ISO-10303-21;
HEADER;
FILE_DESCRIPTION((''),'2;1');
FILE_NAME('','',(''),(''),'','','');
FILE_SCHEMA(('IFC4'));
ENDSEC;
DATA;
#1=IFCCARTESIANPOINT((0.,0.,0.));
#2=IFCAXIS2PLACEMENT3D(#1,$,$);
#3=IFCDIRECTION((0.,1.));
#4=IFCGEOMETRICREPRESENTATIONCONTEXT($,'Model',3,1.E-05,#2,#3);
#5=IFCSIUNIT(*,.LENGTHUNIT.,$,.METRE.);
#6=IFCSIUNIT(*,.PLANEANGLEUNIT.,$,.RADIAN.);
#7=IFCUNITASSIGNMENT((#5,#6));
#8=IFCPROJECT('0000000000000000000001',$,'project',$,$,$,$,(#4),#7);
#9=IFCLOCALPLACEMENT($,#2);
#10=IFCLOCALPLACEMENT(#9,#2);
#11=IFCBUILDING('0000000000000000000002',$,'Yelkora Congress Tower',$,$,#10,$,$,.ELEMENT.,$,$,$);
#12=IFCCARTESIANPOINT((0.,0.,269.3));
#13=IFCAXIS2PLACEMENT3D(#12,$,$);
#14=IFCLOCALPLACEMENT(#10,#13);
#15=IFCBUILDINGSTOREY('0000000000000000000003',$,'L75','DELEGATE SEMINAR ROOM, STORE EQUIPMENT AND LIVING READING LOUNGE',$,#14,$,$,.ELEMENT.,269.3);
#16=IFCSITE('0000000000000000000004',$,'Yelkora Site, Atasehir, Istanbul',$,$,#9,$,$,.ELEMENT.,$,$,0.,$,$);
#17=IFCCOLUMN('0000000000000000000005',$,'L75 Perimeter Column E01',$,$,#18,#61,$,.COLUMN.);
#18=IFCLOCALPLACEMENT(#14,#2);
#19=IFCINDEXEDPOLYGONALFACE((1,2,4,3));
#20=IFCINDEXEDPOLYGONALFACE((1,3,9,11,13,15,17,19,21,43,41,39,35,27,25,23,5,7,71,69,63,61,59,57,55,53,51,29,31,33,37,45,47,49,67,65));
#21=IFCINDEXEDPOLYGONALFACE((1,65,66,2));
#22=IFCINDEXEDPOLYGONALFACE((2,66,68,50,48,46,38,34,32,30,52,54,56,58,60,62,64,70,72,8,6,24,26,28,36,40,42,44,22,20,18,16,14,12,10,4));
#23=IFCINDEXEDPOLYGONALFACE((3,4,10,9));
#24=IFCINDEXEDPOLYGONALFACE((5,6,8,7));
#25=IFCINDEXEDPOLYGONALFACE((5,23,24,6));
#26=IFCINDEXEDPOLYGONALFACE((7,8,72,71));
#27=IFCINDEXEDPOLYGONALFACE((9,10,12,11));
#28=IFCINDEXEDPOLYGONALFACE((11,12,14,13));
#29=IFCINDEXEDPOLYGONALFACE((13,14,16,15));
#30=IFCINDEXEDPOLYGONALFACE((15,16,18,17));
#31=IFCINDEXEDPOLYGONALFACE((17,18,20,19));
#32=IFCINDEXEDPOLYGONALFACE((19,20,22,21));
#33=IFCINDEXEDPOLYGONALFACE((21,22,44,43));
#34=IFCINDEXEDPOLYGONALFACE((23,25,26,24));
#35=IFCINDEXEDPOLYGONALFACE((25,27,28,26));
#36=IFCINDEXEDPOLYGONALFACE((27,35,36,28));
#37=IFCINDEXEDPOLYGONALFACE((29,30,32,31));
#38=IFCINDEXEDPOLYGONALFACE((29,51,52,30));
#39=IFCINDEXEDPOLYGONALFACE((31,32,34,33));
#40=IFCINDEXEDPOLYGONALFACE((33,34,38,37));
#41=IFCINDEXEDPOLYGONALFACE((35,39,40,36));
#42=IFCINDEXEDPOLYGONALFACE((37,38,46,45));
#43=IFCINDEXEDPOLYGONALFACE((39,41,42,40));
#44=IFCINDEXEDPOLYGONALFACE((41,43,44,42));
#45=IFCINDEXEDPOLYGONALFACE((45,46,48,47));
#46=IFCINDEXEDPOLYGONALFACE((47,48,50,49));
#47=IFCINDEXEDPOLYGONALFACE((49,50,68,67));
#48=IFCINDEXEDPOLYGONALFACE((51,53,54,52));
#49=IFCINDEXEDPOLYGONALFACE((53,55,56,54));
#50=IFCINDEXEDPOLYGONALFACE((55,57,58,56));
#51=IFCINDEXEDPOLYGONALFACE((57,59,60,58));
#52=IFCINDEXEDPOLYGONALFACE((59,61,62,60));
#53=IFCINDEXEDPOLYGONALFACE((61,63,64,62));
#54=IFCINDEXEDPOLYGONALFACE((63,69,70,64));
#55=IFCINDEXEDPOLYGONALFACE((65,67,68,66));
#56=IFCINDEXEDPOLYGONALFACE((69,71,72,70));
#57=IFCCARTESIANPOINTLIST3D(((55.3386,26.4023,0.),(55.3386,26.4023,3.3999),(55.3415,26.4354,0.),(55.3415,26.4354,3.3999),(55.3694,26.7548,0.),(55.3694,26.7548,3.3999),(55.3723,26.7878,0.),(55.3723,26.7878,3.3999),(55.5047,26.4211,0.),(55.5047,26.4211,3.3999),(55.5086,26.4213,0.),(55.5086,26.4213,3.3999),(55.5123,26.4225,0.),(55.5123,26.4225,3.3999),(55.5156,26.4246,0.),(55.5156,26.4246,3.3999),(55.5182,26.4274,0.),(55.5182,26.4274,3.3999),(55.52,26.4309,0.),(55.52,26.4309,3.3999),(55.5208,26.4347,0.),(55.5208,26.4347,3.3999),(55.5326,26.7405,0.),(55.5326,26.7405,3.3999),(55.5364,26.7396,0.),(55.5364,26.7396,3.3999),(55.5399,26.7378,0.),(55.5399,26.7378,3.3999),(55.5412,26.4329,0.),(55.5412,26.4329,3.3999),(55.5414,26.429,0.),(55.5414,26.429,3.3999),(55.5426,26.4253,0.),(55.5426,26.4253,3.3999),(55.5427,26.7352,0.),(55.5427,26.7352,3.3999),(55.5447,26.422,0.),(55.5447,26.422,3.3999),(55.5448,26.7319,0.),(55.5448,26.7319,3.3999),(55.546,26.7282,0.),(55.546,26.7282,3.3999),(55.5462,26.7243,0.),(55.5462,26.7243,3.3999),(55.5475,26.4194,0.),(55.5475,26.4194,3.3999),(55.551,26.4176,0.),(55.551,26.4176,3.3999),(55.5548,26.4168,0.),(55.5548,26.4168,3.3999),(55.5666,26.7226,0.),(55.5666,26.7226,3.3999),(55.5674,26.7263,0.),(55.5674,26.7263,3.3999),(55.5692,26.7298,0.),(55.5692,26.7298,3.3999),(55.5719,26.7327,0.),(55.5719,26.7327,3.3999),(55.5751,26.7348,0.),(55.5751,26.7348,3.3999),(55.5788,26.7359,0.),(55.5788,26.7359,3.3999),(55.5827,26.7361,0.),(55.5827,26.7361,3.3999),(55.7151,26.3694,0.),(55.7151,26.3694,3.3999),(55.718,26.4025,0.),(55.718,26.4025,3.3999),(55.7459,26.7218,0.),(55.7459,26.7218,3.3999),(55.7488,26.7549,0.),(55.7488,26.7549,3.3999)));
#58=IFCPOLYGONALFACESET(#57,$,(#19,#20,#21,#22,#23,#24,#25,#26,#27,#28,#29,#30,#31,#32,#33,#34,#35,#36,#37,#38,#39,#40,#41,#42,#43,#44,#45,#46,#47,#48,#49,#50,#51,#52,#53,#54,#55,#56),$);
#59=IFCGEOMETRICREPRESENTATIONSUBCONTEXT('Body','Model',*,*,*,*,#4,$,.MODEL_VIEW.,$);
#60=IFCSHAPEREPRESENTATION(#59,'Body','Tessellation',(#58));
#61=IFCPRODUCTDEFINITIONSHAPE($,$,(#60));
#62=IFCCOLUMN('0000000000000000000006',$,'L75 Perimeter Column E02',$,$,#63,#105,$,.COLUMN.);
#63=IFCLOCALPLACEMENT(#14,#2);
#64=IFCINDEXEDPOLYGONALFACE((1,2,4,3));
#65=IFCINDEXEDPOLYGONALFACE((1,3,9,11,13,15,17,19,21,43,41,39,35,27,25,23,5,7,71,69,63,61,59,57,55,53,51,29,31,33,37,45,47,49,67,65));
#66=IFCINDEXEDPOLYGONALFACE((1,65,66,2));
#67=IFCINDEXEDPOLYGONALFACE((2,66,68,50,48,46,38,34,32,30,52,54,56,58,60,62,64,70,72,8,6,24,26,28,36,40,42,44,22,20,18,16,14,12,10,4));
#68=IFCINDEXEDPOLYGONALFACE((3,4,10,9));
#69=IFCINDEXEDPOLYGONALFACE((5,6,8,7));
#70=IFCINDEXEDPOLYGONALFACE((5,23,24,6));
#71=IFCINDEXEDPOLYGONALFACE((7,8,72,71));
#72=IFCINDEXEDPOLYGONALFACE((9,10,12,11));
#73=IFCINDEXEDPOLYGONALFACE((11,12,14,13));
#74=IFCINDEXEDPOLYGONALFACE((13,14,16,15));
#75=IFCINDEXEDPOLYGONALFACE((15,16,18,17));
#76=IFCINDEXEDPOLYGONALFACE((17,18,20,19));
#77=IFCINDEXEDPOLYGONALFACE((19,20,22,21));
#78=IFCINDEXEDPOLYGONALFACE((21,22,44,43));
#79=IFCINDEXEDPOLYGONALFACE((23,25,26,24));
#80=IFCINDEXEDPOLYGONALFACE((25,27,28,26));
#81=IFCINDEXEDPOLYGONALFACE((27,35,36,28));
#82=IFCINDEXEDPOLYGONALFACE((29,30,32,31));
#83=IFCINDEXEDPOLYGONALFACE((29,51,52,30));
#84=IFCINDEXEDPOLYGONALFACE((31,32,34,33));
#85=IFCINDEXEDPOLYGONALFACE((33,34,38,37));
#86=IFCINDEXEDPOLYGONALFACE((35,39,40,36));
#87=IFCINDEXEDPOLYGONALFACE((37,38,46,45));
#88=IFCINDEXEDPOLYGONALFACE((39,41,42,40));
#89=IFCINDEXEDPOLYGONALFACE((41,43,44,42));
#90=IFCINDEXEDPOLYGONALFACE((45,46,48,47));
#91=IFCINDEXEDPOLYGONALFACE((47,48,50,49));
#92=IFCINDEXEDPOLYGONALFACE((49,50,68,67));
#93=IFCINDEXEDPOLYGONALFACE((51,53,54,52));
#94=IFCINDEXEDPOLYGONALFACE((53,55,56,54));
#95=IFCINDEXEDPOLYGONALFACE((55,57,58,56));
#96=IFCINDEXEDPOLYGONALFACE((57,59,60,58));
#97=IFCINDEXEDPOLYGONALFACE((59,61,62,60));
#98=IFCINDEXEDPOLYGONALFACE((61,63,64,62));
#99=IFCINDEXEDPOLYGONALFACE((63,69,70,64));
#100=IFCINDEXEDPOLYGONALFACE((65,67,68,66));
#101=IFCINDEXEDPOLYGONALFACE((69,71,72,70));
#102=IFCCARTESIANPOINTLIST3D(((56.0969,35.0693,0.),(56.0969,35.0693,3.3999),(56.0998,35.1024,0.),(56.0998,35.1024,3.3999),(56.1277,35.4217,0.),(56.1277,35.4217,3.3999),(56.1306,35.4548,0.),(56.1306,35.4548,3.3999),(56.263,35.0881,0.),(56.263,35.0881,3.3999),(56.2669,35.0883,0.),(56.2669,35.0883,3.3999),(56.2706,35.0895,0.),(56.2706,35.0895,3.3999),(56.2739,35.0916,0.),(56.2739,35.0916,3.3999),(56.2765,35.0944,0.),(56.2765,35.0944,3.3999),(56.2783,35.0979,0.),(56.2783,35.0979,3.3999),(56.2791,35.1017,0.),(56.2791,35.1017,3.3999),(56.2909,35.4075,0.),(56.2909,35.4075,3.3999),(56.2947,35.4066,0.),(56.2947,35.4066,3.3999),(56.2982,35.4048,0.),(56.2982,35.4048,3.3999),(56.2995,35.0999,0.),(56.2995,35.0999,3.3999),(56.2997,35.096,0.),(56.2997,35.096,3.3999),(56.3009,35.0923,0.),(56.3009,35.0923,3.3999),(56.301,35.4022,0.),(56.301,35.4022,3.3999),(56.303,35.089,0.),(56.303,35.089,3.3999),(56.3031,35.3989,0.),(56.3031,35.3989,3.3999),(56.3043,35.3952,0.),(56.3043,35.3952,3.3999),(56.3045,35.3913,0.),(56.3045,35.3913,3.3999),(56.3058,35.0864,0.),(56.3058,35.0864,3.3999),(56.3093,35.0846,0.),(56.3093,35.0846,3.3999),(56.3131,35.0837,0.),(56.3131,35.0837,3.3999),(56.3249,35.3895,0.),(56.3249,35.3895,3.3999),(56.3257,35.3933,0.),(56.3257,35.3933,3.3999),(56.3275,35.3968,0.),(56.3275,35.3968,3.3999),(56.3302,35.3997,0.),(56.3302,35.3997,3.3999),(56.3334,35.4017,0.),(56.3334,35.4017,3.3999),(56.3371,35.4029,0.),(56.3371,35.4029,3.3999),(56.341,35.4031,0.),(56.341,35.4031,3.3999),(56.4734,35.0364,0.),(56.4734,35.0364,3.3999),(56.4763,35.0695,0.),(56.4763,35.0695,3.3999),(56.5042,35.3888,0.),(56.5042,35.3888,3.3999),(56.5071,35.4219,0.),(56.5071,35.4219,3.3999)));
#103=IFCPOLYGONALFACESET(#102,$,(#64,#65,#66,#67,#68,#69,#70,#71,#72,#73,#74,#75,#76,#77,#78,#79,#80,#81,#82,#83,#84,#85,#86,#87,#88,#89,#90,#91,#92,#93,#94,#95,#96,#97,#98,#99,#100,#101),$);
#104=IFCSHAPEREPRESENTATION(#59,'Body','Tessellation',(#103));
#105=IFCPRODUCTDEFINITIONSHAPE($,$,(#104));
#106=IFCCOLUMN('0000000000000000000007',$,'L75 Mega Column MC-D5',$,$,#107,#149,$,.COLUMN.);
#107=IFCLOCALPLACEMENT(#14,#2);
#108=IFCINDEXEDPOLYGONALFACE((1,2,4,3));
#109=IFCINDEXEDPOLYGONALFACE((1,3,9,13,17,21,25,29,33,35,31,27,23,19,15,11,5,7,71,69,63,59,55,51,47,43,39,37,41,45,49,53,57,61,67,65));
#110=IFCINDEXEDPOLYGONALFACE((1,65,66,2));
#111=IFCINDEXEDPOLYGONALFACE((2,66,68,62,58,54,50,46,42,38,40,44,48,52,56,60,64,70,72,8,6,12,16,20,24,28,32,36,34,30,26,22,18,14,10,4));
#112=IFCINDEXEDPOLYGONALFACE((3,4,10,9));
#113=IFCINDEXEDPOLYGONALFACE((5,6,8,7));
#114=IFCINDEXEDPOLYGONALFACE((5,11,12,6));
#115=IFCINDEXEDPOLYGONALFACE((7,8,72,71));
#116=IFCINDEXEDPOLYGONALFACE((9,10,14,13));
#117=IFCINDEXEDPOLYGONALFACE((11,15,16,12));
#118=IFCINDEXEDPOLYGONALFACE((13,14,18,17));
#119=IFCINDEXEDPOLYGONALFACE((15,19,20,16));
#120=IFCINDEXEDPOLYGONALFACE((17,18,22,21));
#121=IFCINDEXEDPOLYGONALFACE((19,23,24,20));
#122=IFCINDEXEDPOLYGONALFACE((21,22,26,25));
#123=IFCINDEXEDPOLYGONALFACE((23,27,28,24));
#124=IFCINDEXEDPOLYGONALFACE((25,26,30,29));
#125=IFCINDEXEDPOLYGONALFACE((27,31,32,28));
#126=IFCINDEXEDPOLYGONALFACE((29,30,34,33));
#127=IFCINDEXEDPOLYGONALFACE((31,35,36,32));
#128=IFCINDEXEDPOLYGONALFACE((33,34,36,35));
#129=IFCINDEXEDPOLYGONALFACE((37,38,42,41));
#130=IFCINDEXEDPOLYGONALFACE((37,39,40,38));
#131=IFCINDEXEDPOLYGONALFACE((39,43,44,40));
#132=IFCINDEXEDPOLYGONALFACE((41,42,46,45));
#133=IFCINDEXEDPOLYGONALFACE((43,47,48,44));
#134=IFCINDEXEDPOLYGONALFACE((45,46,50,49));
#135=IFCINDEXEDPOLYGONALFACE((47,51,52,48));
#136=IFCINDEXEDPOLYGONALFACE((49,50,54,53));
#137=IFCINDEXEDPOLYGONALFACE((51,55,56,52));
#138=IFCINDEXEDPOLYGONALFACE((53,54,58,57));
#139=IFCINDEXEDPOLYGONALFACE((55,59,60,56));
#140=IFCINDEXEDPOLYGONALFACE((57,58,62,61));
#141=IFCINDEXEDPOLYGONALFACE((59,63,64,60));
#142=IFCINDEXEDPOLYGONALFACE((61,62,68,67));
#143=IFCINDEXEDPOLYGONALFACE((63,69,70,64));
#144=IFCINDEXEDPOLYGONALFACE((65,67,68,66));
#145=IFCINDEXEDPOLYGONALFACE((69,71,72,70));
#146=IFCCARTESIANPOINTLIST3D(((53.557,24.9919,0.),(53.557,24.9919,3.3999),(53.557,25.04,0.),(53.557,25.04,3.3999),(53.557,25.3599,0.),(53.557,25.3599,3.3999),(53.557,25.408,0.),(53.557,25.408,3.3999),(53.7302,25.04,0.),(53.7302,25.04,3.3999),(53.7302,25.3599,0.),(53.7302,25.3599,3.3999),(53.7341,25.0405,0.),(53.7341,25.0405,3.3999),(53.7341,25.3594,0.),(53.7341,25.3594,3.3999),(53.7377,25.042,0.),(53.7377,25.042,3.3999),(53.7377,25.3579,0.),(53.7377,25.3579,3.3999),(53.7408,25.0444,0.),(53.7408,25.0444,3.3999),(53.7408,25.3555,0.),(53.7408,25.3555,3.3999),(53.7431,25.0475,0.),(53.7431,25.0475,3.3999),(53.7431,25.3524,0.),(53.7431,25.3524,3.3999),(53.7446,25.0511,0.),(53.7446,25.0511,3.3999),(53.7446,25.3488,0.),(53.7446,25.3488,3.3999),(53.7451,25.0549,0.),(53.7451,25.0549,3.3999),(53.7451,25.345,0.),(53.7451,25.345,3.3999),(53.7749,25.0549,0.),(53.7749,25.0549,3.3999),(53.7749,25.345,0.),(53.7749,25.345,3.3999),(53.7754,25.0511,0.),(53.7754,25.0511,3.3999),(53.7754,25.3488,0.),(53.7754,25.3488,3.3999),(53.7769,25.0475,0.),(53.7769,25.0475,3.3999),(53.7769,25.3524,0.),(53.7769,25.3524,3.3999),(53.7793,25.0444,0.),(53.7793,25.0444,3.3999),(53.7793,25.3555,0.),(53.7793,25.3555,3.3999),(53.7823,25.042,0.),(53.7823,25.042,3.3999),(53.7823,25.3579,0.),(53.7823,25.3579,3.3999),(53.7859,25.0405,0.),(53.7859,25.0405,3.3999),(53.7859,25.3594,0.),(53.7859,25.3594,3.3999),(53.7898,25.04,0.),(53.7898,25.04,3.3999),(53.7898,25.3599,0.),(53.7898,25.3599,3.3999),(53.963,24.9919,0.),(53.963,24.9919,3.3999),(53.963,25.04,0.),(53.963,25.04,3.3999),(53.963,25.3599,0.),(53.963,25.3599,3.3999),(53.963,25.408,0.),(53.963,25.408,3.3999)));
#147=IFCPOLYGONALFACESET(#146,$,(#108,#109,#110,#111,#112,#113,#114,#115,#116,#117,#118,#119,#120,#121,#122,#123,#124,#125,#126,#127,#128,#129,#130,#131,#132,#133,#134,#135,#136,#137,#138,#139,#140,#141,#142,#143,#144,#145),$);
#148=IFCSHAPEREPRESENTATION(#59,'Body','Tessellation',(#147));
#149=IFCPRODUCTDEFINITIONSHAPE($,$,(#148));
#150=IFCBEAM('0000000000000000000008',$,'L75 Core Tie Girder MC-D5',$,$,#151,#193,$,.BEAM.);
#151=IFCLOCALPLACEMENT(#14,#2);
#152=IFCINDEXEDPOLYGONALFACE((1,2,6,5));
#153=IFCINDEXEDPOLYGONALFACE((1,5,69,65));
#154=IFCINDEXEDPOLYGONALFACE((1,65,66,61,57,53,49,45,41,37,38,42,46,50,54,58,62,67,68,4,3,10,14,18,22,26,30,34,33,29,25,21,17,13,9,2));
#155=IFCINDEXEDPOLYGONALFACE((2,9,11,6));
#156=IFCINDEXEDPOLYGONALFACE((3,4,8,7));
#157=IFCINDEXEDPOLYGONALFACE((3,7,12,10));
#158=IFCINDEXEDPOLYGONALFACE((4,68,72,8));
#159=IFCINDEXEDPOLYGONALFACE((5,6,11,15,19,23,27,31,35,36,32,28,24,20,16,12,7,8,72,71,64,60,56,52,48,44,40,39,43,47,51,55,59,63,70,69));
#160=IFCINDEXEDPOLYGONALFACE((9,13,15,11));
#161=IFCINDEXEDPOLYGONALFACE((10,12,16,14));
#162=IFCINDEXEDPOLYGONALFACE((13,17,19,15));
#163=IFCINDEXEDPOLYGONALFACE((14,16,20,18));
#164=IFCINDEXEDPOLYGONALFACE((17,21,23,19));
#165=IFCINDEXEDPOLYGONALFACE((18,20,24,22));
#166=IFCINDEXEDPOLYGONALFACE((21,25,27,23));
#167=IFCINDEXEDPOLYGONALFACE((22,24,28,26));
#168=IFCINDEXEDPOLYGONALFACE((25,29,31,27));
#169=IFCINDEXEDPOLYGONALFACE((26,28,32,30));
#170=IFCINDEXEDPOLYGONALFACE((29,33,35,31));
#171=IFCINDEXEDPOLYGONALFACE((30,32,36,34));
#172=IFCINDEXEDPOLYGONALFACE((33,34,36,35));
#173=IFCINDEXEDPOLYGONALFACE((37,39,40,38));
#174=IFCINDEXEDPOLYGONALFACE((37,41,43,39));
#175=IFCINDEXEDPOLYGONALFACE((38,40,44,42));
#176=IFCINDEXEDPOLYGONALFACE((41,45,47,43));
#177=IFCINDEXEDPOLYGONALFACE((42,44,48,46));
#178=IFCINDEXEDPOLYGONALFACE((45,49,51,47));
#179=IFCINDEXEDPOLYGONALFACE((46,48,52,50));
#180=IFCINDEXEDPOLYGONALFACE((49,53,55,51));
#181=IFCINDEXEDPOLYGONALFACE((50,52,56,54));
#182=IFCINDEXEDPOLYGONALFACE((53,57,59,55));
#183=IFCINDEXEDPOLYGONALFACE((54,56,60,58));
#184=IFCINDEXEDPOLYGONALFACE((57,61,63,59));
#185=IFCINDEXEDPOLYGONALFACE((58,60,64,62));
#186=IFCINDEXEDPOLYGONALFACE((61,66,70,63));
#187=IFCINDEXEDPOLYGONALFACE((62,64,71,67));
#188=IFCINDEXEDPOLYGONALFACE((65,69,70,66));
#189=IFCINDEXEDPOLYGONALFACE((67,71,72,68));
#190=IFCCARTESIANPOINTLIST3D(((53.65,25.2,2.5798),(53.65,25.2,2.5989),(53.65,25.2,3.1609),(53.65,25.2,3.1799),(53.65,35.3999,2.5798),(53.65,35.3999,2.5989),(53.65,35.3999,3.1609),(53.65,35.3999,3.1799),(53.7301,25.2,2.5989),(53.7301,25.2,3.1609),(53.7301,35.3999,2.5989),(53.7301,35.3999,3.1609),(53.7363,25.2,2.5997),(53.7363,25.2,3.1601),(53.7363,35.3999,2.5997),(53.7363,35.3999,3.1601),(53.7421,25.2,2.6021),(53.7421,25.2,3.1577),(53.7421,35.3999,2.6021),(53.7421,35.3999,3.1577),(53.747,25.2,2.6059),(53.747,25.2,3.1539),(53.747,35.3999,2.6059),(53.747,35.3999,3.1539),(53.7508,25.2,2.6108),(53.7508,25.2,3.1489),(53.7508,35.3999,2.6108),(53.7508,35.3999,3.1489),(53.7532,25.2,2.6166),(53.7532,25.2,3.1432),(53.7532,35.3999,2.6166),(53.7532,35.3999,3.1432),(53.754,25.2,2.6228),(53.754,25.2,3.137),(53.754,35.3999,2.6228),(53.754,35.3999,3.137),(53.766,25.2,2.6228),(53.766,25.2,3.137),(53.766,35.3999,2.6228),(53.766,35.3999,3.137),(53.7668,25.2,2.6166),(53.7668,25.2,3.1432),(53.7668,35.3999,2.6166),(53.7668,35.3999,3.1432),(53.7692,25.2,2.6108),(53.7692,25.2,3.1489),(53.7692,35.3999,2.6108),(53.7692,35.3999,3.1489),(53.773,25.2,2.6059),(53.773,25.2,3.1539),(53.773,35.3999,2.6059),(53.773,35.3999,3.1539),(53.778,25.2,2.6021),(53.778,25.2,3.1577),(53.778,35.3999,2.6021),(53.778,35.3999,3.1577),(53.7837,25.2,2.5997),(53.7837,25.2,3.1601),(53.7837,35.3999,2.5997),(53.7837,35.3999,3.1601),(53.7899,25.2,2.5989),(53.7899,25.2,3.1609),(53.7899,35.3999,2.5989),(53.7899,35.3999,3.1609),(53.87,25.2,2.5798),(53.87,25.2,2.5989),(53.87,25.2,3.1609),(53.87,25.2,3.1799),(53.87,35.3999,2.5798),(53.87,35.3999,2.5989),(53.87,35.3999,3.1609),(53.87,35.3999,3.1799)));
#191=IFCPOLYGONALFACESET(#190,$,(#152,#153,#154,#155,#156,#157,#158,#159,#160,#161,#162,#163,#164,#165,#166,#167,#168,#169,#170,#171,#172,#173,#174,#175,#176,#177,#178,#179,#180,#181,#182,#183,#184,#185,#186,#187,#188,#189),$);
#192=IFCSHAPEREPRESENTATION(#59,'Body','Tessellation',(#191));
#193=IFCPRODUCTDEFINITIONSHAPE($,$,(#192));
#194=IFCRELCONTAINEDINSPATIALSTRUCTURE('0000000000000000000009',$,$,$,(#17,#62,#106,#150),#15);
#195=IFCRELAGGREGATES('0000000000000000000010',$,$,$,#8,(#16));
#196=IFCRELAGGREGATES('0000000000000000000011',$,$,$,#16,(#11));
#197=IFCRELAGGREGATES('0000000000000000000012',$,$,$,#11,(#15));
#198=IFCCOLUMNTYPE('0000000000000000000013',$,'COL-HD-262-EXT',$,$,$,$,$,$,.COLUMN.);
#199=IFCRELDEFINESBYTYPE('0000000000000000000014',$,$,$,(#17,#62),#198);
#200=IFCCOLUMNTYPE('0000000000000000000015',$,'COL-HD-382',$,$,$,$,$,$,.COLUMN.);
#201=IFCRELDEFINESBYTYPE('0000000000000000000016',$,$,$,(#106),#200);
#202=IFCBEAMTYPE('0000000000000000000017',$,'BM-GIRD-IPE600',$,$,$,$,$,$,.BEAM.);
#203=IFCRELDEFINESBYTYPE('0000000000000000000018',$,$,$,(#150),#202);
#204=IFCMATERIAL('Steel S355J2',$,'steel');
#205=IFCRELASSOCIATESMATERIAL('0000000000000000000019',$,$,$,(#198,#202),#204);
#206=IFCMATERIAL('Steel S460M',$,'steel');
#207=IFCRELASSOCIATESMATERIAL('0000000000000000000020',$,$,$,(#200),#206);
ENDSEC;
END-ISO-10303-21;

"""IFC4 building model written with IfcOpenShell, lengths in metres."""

from ifc_helpers import new_model, si_unit, direction, frame, origin, origin_2d, place, context, subcontext, project, spatial, i_section, extrude, material, material_profile, profile_set, type_object, element, save


model = new_model("IFC4")

# Units and contexts
model_context = context("Model", 3, precision=1e-05, world=origin(), true_north=direction((0.0, 1.0)))
body_context = subcontext(model_context, "Body", "Model", "MODEL_VIEW")
ifc_project = project(units=[si_unit("LENGTHUNIT", "METRE"), si_unit("PLANEANGLEUNIT", "RADIAN")], contexts=[model_context])

# Site, building, storey
site_placement = place(None, origin())
site = spatial("IfcSite", under=ifc_project, at=site_placement, Name="Yelkora Site, Atasehir, Istanbul", CompositionType="ELEMENT", RefElevation=0.0)
building_placement = place(site_placement, origin())
building = spatial("IfcBuilding", under=site, at=building_placement, Name="Yelkora Congress Tower", CompositionType="ELEMENT")
storey_placement = place(building_placement, frame((0.0, 0.0, 269.3)))
storey = spatial("IfcBuildingStorey", under=building, at=storey_placement, Name="L75", Description="DELEGATE SEMINAR ROOM, STORE EQUIPMENT AND LIVING READING LOUNGE", CompositionType="ELEMENT", Elevation=269.3)

# Columns
ifc_material_1 = material(Name="Steel S355J2", Category="steel")
ifc_material_profile_1 = material_profile(ifc_material_1, i_section(OverallWidth=0.3779, OverallDepth=0.387, WebThickness=0.0205, FlangeThickness=0.0332, FilletRadius=0.0149, at=origin_2d()), Name="HD 360x262")
ifc_profile_set_1 = profile_set([ifc_material_profile_1], Name="Steel S355J2")
column_type_1 = type_object("IfcColumnType", Name="COL-HD-262-EXT", PredefinedType="COLUMN", material=ifc_profile_set_1)
for number, where, z_axis, x_axis, name in (
    (1, (55.5437, 26.5786, 0.0), (0.0, 0.0, 1.0), (0.996195, -0.087156, 0.0), "L75 Perimeter Column E01"),
    (2, (56.302, 35.2456, 0.0), (0.0, 0.0, 1.0), (0.996195, -0.087156, 0.0), "L75 Perimeter Column E02"),
):
    element("IfcColumn", number, at=place(storey_placement, frame(where, z_axis=z_axis, x_axis=x_axis)), inside=storey, type_object=column_type_1, Name=name, PredefinedType="COLUMN", context=body_context, shape_type="SweptSolid", body=[
        extrude(i_section(OverallWidth=0.3779, OverallDepth=0.387, WebThickness=0.0205, FlangeThickness=0.0332, FilletRadius=0.0149, at=origin_2d()), origin(), (0.0, 0.0, 1.0), 3.3999),
    ])
ifc_material_2 = material(Name="Steel S460M", Category="steel")
ifc_material_profile_2 = material_profile(ifc_material_2, i_section(OverallWidth=0.406, OverallDepth=0.416, WebThickness=0.0298, FlangeThickness=0.0481, FilletRadius=0.0149, at=origin_2d()), Name="HD 400x382")
ifc_profile_set_2 = profile_set([ifc_material_profile_2], Name="Steel S460M")
column_type_2 = type_object("IfcColumnType", Name="COL-HD-382", PredefinedType="COLUMN", material=ifc_profile_set_2)
column_placement = place(storey_placement, frame((53.76, 25.2, 0.0), z_axis=(0.0, 0.0, 1.0), x_axis=(1.0, 0.0, 0.0)))
element("IfcColumn", 3, at=column_placement, inside=storey, type_object=column_type_2, Name="L75 Mega Column MC-D5", PredefinedType="COLUMN", context=body_context, shape_type="SweptSolid", body=[
    extrude(i_section(OverallWidth=0.406, OverallDepth=0.416, WebThickness=0.0298, FlangeThickness=0.0481, FilletRadius=0.0149, at=origin_2d()), origin(), (0.0, 0.0, 1.0), 3.3999),
])

# Beam
ifc_material_profile_3 = material_profile(ifc_material_1, i_section(OverallWidth=0.22, OverallDepth=0.6001, WebThickness=0.012, FlangeThickness=0.019, FilletRadius=0.0239, at=origin_2d()), Name="IPE 600")
ifc_profile_set_3 = profile_set([ifc_material_profile_3], Name="Steel S355J2")
beam_type_1 = type_object("IfcBeamType", Name="BM-GIRD-IPE600", PredefinedType="BEAM", material=ifc_profile_set_3)
beam_1_placement = place(storey_placement, frame((53.76, 25.2, 2.8799), z_axis=(0.0, 1.0, 0.0), x_axis=(-1.0, 0.0, 0.0)))
element("IfcBeam", 4, at=beam_1_placement, inside=storey, type_object=beam_type_1, Name="L75 Core Tie Girder MC-D5", PredefinedType="BEAM", context=body_context, shape_type="SweptSolid", body=[
    extrude(i_section(OverallWidth=0.22, OverallDepth=0.6001, WebThickness=0.012, FlangeThickness=0.019, FilletRadius=0.0239, at=origin_2d()), origin(), (0.0, 0.0, 1.0), 10.2),
])

save(model, "model.ifc")
